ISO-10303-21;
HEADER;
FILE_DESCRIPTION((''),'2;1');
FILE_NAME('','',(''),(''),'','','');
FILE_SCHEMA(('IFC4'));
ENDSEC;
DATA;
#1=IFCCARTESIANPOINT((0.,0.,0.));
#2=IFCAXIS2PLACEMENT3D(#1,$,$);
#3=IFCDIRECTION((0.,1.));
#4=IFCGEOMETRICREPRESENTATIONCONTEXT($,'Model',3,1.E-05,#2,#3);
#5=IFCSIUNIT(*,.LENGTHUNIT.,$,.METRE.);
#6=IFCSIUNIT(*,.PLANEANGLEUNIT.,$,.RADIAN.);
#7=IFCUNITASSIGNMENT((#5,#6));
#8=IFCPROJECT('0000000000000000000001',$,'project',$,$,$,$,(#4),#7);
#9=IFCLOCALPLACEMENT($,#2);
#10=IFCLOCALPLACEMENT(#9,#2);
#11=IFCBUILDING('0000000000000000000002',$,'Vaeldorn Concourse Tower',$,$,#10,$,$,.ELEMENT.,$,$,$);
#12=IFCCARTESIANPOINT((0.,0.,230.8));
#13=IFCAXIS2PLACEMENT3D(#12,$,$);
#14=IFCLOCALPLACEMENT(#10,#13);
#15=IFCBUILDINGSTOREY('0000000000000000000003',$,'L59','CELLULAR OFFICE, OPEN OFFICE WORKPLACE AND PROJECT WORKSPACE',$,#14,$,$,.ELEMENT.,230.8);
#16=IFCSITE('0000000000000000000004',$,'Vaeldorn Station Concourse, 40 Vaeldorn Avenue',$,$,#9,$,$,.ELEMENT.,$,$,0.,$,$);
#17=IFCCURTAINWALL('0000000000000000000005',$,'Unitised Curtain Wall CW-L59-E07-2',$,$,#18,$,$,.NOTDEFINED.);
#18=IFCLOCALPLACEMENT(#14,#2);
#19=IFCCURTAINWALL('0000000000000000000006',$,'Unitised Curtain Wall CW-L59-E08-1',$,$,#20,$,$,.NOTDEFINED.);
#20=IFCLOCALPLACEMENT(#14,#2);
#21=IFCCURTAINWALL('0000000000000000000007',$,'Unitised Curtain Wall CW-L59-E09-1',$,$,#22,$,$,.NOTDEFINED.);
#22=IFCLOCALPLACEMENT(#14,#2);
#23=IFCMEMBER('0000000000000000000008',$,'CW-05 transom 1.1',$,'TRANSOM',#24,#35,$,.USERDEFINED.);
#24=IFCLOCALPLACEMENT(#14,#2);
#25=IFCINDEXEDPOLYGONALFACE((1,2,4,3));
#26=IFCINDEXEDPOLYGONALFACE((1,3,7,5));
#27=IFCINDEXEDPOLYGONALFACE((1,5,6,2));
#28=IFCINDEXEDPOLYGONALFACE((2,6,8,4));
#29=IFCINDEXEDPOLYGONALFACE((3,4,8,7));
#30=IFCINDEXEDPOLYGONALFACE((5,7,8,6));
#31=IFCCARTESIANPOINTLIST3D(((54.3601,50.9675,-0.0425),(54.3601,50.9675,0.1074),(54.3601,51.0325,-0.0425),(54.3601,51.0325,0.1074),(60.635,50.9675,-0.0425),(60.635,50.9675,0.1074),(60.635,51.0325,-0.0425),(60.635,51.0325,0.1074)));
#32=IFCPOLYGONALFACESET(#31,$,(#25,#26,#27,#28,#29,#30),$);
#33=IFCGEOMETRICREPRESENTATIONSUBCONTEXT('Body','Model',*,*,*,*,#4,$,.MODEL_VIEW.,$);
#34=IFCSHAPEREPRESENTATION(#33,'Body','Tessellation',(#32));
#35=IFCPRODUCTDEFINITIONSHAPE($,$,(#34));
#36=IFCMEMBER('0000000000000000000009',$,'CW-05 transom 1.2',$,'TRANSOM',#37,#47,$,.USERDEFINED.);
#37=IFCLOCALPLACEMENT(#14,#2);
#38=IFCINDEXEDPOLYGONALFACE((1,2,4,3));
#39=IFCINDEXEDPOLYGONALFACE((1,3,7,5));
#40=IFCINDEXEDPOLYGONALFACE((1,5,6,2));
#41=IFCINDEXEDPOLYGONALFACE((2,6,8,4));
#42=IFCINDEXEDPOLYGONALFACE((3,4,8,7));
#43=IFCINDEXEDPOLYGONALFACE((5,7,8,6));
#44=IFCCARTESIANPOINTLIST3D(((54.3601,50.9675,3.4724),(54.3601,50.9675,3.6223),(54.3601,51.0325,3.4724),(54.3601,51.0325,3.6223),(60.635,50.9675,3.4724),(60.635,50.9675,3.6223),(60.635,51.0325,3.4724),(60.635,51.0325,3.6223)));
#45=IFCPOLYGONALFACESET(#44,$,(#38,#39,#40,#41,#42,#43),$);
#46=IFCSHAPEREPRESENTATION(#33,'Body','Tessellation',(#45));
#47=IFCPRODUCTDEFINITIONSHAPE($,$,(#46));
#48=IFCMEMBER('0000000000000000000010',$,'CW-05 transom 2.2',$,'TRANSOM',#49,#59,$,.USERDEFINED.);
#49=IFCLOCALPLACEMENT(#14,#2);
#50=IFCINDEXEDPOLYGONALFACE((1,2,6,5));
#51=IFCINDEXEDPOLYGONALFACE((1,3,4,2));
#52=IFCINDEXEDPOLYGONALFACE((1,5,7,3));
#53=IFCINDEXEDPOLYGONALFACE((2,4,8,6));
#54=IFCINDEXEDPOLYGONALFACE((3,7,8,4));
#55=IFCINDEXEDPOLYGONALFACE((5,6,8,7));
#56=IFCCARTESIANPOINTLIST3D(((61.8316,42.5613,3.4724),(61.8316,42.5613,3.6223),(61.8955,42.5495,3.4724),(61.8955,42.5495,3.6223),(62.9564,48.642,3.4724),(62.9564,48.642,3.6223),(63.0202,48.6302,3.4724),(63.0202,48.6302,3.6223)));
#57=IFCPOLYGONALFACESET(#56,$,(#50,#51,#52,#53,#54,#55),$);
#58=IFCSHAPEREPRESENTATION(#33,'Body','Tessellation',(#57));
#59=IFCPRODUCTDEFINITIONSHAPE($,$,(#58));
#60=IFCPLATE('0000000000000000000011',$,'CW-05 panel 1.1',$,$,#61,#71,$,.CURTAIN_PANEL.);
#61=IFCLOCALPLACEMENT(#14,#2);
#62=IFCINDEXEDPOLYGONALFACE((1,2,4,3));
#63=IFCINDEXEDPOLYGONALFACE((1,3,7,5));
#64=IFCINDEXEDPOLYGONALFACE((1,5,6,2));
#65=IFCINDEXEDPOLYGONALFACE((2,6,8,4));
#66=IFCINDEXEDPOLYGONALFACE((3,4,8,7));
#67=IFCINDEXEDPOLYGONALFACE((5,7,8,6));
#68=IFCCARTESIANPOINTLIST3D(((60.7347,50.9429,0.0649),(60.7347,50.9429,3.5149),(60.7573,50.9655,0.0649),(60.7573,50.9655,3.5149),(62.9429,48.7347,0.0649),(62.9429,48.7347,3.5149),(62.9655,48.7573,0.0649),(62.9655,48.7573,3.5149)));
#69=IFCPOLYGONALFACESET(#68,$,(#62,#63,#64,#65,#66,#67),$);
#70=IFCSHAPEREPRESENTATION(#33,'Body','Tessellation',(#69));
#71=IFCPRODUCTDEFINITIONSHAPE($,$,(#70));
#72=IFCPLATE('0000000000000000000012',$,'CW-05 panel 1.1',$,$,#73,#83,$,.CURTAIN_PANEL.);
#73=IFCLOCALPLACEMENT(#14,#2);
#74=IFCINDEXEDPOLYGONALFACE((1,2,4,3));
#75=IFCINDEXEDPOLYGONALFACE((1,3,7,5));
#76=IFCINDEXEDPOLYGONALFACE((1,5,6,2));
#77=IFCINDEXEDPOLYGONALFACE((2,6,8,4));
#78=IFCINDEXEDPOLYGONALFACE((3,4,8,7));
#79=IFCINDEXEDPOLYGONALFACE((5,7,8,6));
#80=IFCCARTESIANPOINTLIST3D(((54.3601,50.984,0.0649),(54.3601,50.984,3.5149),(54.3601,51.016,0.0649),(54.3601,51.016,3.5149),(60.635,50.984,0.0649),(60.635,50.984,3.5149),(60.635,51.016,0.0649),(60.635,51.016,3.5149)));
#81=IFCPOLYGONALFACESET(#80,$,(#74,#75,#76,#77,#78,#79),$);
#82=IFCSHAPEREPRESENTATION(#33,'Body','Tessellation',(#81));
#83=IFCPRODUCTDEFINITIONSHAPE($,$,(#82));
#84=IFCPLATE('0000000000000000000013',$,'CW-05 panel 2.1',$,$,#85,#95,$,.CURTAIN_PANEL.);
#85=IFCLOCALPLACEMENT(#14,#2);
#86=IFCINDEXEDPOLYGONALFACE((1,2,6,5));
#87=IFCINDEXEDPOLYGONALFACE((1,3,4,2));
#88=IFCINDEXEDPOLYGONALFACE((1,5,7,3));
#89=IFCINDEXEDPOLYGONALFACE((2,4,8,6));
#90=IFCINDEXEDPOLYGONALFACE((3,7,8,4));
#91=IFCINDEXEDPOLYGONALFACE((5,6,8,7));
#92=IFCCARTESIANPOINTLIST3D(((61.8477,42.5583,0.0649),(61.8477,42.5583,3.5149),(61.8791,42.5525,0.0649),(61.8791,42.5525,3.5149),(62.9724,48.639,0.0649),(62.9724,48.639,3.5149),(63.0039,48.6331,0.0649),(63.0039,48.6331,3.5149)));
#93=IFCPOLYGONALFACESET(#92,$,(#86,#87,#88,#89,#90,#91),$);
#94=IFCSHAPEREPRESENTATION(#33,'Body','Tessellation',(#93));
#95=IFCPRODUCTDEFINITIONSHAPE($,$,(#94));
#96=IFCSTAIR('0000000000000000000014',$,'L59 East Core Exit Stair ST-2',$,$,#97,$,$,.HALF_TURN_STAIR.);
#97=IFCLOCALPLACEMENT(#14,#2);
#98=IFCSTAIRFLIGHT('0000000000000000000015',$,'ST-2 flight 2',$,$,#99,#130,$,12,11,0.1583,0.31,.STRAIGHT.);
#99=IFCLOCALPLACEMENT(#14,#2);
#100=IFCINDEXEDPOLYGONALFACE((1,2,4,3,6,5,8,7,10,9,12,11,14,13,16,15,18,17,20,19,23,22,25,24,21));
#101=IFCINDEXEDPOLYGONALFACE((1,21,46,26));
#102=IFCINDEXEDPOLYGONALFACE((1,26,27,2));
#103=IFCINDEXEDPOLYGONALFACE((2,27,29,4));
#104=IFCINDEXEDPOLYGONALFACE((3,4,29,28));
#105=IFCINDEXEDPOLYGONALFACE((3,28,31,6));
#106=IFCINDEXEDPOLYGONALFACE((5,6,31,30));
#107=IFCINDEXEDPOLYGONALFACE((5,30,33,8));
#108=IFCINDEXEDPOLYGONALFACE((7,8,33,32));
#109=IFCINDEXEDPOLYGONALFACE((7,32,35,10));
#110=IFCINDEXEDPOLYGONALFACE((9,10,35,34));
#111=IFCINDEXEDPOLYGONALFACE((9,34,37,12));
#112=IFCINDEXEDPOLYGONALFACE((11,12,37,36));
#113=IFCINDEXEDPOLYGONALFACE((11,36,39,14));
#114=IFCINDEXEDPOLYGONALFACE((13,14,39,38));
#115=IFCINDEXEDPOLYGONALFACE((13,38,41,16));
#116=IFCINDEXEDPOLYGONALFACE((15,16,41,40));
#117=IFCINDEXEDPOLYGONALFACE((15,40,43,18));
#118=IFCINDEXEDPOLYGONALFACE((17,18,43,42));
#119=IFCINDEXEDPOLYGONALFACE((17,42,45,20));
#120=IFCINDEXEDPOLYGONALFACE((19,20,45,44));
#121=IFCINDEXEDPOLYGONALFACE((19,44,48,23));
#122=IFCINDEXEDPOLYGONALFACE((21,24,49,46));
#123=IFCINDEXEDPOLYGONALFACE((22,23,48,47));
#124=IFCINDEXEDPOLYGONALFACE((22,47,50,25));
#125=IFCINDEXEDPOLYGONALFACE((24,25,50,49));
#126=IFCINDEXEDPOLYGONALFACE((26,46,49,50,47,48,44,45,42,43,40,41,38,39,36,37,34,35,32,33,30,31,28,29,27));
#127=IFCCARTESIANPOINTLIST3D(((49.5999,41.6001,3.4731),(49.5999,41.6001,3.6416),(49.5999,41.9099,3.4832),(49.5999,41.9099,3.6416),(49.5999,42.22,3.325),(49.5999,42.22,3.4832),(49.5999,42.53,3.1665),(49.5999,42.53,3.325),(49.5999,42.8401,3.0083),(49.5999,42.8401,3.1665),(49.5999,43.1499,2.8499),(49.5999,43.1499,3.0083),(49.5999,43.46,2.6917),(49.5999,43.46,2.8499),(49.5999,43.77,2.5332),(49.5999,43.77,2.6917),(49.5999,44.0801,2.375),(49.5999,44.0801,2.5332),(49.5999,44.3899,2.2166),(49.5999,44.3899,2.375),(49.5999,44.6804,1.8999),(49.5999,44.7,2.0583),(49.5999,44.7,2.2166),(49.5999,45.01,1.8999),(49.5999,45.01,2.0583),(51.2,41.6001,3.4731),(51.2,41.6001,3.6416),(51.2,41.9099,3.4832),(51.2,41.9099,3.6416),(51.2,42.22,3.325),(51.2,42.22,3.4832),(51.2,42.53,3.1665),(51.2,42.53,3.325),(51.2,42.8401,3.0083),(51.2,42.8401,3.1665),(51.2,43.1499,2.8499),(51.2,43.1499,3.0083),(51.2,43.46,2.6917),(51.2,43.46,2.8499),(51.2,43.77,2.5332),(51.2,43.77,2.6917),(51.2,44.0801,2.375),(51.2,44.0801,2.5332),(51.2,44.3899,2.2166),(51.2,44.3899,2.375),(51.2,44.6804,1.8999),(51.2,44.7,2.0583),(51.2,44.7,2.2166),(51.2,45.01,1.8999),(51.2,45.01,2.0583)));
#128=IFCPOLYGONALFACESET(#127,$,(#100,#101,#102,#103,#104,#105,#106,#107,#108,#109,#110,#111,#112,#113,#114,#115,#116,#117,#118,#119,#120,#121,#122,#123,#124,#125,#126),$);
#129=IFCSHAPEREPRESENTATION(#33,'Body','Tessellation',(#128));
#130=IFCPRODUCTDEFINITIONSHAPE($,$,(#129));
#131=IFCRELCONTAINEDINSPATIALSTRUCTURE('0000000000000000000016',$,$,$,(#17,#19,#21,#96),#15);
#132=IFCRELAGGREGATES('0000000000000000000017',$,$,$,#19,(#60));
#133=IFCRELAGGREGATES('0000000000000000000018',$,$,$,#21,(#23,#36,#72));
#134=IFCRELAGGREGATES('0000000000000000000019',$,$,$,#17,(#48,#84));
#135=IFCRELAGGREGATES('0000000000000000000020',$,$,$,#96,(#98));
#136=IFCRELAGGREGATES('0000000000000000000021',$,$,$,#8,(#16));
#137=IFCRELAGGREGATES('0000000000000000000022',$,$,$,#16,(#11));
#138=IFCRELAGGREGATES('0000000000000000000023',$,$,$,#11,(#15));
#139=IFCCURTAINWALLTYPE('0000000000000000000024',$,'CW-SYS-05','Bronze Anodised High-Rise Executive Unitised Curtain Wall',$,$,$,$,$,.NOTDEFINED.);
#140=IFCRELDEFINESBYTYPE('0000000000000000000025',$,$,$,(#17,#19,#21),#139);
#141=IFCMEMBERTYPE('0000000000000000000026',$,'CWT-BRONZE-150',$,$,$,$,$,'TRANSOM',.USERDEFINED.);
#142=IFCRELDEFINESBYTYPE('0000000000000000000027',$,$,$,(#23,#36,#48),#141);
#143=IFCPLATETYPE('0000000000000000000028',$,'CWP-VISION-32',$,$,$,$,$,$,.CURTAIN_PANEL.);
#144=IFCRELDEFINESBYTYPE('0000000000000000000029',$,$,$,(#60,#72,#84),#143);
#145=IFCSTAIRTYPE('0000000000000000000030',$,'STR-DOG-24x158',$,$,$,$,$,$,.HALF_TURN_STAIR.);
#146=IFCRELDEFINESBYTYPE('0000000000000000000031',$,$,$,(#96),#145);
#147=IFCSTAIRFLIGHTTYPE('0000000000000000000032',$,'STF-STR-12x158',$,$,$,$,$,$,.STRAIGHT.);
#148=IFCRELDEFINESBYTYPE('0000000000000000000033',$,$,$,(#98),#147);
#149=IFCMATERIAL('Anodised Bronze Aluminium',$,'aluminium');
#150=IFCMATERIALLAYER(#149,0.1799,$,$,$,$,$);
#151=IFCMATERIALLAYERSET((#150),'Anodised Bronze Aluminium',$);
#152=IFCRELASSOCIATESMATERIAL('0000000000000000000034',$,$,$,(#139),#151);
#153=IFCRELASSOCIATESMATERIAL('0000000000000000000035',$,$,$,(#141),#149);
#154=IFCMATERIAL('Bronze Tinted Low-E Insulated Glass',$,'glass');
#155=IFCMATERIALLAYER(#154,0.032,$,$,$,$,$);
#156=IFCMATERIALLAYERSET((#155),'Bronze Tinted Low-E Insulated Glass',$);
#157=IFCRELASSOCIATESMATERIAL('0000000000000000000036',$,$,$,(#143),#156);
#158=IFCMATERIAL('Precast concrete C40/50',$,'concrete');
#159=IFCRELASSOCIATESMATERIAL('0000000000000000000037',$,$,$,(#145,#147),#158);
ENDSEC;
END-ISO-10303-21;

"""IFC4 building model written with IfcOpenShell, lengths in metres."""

from ifc_helpers import new_model, si_unit, direction, frame, origin, origin_2d, place, context, subcontext, project, spatial, polyline, rectangle, outline, extrude, source, transform, mapped, material, layer, layer_set, material_profile, profile_set, type_object, element, aggregate, save


model = new_model("IFC4")

# Units and contexts
model_context = context("Model", 3, precision=1e-05, world=origin(), true_north=direction((0.0, 1.0)))
body_context = subcontext(model_context, "Body", "Model", "MODEL_VIEW")
ifc_project = project(units=[si_unit("LENGTHUNIT", "METRE"), si_unit("PLANEANGLEUNIT", "RADIAN")], contexts=[model_context])

# Site, building, storey
site_placement = place(None, origin())
site = spatial("IfcSite", under=ifc_project, at=site_placement, Name="Vaeldorn Station Concourse, 40 Vaeldorn Avenue", CompositionType="ELEMENT", RefElevation=0.0)
building_placement = place(site_placement, origin())
building = spatial("IfcBuilding", under=site, at=building_placement, Name="Vaeldorn Concourse Tower", CompositionType="ELEMENT")
storey_placement = place(building_placement, frame((0.0, 0.0, 230.8)))
storey = spatial("IfcBuildingStorey", under=building, at=storey_placement, Name="L59", Description="CELLULAR OFFICE, OPEN OFFICE WORKPLACE AND PROJECT WORKSPACE", CompositionType="ELEMENT", Elevation=230.8)

# Curtain wall
ifc_material_1 = material(Name="Anodised Bronze Aluminium", Category="aluminium")
ifc_layer_1 = layer(ifc_material_1, 0.1799)
ifc_layer_set_1 = layer_set([ifc_layer_1], Name="Anodised Bronze Aluminium")
curtain_wall_type = type_object("IfcCurtainWallType", Name="CW-SYS-05", Description="Bronze Anodised High-Rise Executive Unitised Curtain Wall", PredefinedType="NOTDEFINED", material=ifc_layer_set_1)
curtain_wall_1_placement = place(storey_placement, origin())
curtain_wall_1 = element("IfcCurtainWall", 1, at=curtain_wall_1_placement, inside=storey, type_object=curtain_wall_type, Name="Unitised Curtain Wall CW-L59-E07-2", PredefinedType="NOTDEFINED")

# Curtain walls
curtain_wall_2_placement = place(storey_placement, origin())
curtain_wall_2 = element("IfcCurtainWall", 2, at=curtain_wall_2_placement, inside=storey, type_object=curtain_wall_type, Name="Unitised Curtain Wall CW-L59-E08-1", PredefinedType="NOTDEFINED")
curtain_wall_3_placement = place(storey_placement, origin())
curtain_wall_3 = element("IfcCurtainWall", 3, at=curtain_wall_3_placement, inside=storey, type_object=curtain_wall_type, Name="Unitised Curtain Wall CW-L59-E09-1", PredefinedType="NOTDEFINED")

# Members
ifc_material_profile_1 = material_profile(ifc_material_1, rectangle(XDim=0.0649, YDim=0.1499, at=origin_2d()), Name="CWT 65x150")
ifc_profile_set_1 = profile_set([ifc_material_profile_1], Name="Anodised Bronze Aluminium")
member_type_1 = type_object("IfcMemberType", Name="CWT-BRONZE-150", ElementType="TRANSOM", PredefinedType="USERDEFINED", material=ifc_profile_set_1)
shared_shape_1 = source(origin(), body_context, "Body", "SweptSolid", [
    extrude(rectangle(XDim=0.0649, YDim=0.1499, at=origin_2d()), origin(), (0.0, 0.0, 1.0), 6.2749),
])
member_1_placement = place(storey_placement, frame((60.635, 51.0, 0.0325), z_axis=(-1.0, 0.0, 0.0), x_axis=(0.0, -1.0, 0.0)))
member_1 = element("IfcMember", 4, at=member_1_placement, type_object=member_type_1, Name="CW-05 transom 1.1", ObjectType="TRANSOM", PredefinedType="USERDEFINED", context=body_context, shape_type="MappedRepresentation", body=[
    mapped(shared_shape_1, transform((0.0, 0.0, 0.0), scale=1.0)),
])
member_2_placement = place(storey_placement, frame((60.635, 51.0, 3.5474), z_axis=(-1.0, 0.0, 0.0), x_axis=(0.0, -1.0, 0.0)))
member_2 = element("IfcMember", 5, at=member_2_placement, type_object=member_type_1, Name="CW-05 transom 1.2", ObjectType="TRANSOM", PredefinedType="USERDEFINED", context=body_context, shape_type="MappedRepresentation", body=[
    mapped(shared_shape_1, transform((0.0, 0.0, 0.0), scale=1.0)),
])
shared_shape_2 = source(origin(), body_context, "Body", "SweptSolid", [
    extrude(rectangle(XDim=0.0649, YDim=0.1499, at=origin_2d()), origin(), (0.0, 0.0, 1.0), 6.1838),
])
member_3_placement = place(storey_placement, frame((61.8635, 42.5554, 3.5474), z_axis=(0.18189, 0.983319, 0.0), x_axis=(-0.983319, 0.18189, 0.0)))
member_3 = element("IfcMember", 6, at=member_3_placement, type_object=member_type_1, Name="CW-05 transom 2.2", ObjectType="TRANSOM", PredefinedType="USERDEFINED", context=body_context, shape_type="MappedRepresentation", body=[
    mapped(shared_shape_2, transform((0.0, 0.0, 0.0), scale=1.0)),
])

# Plates
ifc_material_2 = material(Name="Bronze Tinted Low-E Insulated Glass", Category="glass")
ifc_layer_2 = layer(ifc_material_2, 0.032)
ifc_layer_set_2 = layer_set([ifc_layer_2], Name="Bronze Tinted Low-E Insulated Glass")
plate_type = type_object("IfcPlateType", Name="CWP-VISION-32", PredefinedType="CURTAIN_PANEL", material=ifc_layer_set_2)
shared_shape_3 = source(origin(), body_context, "Body", "SweptSolid", [
    extrude(rectangle(XDim=3.1228, YDim=0.032, at=origin_2d()), origin(), (0.0, 0.0, 1.0), 3.45),
])
plate_1_placement = place(storey_placement, frame((61.8501, 49.8501, 0.0649), z_axis=(0.0, 0.0, 1.0), x_axis=(-0.707107, 0.707107, 0.0)))
plate_1 = element("IfcPlate", 7, at=plate_1_placement, type_object=plate_type, Name="CW-05 panel 1.1", PredefinedType="CURTAIN_PANEL", context=body_context, shape_type="MappedRepresentation", body=[
    mapped(shared_shape_3, transform((0.0, 0.0, 0.0), scale=1.0)),
])
aggregate(curtain_wall_2, [plate_1])
shared_shape_4 = source(origin(), body_context, "Body", "SweptSolid", [
    extrude(rectangle(XDim=6.2749, YDim=0.032, at=origin_2d()), origin(), (0.0, 0.0, 1.0), 3.45),
])
plate_2_placement = place(storey_placement, frame((57.4976, 51.0, 0.0649), z_axis=(0.0, 0.0, 1.0), x_axis=(-1.0, 0.0, 0.0)))
plate_2 = element("IfcPlate", 8, at=plate_2_placement, type_object=plate_type, Name="CW-05 panel 1.1", PredefinedType="CURTAIN_PANEL", context=body_context, shape_type="MappedRepresentation", body=[
    mapped(shared_shape_4, transform((0.0, 0.0, 0.0), scale=1.0)),
])
aggregate(curtain_wall_3, [member_1, member_2, plate_2])
shared_shape_5 = source(origin(), body_context, "Body", "SweptSolid", [
    extrude(rectangle(XDim=6.1838, YDim=0.032, at=origin_2d()), origin(), (0.0, 0.0, 1.0), 3.45),
])
plate_3_placement = place(storey_placement, frame((62.4258, 45.5957, 0.0649), z_axis=(0.0, 0.0, 1.0), x_axis=(0.181888, 0.983319, 0.0)))
plate_3 = element("IfcPlate", 9, at=plate_3_placement, type_object=plate_type, Name="CW-05 panel 2.1", PredefinedType="CURTAIN_PANEL", context=body_context, shape_type="MappedRepresentation", body=[
    mapped(shared_shape_5, transform((0.0, 0.0, 0.0), scale=1.0)),
])
aggregate(curtain_wall_1, [member_3, plate_3])

# Stair, stair flight
ifc_material_3 = material(Name="Precast concrete C40/50", Category="concrete")
stair_type = type_object("IfcStairType", Name="STR-DOG-24x158", PredefinedType="HALF_TURN_STAIR", material=ifc_material_3)
stair_placement = place(storey_placement, origin())
stair = element("IfcStair", 10, at=stair_placement, inside=storey, type_object=stair_type, Name="L59 East Core Exit Stair ST-2", PredefinedType="HALF_TURN_STAIR")
stair_flight_type = type_object("IfcStairFlightType", Name="STF-STR-12x158", PredefinedType="STRAIGHT", material=ifc_material_3)
stair_flight_placement = place(storey_placement, frame((50.3999, 45.01, 1.8999), z_axis=(0.0, 0.0, 1.0), x_axis=(0.0, -1.0, 0.0)))
stair_flight = element("IfcStairFlight", 11, at=stair_flight_placement, type_object=stair_flight_type, Name="ST-2 flight 2", NumberOfRisers=12, NumberOfTreads=11, PredefinedType="STRAIGHT", RiserHeight=0.1583, TreadLength=0.31, context=body_context, shape_type="SweptSolid", body=[
    extrude(outline(polyline([(0.0, 0.0), (0.0, 0.1584), (0.3101, 0.1584), (0.3101, 0.3167), (0.6201, 0.3167), (0.6201, 0.4751), (0.9299, 0.4751), (0.9299, 0.6333), (1.24, 0.6333), (1.24, 0.7917), (1.55, 0.7917), (1.55, 0.95), (1.8601, 0.95), (1.8601, 1.1084), (2.1699, 1.1084), (2.1699, 1.2666), (2.48, 1.2666), (2.48, 1.425), (2.79, 1.425), (2.79, 1.5833), (3.1001, 1.5833), (3.1001, 1.7417), (3.4099, 1.7417), (3.4099, 1.8999), (3.4099, 1.5732), (0.3296, 0.0), (0.0, 0.0)])), frame((0.0, 0.8, 0.0), z_axis=(0.0, -1.0, 0.0), x_axis=(1.0, 0.0, 0.0)), (0.0, 0.0, 1.0), 1.6001),
])
aggregate(stair, [stair_flight])

save(model, "model.ifc")
